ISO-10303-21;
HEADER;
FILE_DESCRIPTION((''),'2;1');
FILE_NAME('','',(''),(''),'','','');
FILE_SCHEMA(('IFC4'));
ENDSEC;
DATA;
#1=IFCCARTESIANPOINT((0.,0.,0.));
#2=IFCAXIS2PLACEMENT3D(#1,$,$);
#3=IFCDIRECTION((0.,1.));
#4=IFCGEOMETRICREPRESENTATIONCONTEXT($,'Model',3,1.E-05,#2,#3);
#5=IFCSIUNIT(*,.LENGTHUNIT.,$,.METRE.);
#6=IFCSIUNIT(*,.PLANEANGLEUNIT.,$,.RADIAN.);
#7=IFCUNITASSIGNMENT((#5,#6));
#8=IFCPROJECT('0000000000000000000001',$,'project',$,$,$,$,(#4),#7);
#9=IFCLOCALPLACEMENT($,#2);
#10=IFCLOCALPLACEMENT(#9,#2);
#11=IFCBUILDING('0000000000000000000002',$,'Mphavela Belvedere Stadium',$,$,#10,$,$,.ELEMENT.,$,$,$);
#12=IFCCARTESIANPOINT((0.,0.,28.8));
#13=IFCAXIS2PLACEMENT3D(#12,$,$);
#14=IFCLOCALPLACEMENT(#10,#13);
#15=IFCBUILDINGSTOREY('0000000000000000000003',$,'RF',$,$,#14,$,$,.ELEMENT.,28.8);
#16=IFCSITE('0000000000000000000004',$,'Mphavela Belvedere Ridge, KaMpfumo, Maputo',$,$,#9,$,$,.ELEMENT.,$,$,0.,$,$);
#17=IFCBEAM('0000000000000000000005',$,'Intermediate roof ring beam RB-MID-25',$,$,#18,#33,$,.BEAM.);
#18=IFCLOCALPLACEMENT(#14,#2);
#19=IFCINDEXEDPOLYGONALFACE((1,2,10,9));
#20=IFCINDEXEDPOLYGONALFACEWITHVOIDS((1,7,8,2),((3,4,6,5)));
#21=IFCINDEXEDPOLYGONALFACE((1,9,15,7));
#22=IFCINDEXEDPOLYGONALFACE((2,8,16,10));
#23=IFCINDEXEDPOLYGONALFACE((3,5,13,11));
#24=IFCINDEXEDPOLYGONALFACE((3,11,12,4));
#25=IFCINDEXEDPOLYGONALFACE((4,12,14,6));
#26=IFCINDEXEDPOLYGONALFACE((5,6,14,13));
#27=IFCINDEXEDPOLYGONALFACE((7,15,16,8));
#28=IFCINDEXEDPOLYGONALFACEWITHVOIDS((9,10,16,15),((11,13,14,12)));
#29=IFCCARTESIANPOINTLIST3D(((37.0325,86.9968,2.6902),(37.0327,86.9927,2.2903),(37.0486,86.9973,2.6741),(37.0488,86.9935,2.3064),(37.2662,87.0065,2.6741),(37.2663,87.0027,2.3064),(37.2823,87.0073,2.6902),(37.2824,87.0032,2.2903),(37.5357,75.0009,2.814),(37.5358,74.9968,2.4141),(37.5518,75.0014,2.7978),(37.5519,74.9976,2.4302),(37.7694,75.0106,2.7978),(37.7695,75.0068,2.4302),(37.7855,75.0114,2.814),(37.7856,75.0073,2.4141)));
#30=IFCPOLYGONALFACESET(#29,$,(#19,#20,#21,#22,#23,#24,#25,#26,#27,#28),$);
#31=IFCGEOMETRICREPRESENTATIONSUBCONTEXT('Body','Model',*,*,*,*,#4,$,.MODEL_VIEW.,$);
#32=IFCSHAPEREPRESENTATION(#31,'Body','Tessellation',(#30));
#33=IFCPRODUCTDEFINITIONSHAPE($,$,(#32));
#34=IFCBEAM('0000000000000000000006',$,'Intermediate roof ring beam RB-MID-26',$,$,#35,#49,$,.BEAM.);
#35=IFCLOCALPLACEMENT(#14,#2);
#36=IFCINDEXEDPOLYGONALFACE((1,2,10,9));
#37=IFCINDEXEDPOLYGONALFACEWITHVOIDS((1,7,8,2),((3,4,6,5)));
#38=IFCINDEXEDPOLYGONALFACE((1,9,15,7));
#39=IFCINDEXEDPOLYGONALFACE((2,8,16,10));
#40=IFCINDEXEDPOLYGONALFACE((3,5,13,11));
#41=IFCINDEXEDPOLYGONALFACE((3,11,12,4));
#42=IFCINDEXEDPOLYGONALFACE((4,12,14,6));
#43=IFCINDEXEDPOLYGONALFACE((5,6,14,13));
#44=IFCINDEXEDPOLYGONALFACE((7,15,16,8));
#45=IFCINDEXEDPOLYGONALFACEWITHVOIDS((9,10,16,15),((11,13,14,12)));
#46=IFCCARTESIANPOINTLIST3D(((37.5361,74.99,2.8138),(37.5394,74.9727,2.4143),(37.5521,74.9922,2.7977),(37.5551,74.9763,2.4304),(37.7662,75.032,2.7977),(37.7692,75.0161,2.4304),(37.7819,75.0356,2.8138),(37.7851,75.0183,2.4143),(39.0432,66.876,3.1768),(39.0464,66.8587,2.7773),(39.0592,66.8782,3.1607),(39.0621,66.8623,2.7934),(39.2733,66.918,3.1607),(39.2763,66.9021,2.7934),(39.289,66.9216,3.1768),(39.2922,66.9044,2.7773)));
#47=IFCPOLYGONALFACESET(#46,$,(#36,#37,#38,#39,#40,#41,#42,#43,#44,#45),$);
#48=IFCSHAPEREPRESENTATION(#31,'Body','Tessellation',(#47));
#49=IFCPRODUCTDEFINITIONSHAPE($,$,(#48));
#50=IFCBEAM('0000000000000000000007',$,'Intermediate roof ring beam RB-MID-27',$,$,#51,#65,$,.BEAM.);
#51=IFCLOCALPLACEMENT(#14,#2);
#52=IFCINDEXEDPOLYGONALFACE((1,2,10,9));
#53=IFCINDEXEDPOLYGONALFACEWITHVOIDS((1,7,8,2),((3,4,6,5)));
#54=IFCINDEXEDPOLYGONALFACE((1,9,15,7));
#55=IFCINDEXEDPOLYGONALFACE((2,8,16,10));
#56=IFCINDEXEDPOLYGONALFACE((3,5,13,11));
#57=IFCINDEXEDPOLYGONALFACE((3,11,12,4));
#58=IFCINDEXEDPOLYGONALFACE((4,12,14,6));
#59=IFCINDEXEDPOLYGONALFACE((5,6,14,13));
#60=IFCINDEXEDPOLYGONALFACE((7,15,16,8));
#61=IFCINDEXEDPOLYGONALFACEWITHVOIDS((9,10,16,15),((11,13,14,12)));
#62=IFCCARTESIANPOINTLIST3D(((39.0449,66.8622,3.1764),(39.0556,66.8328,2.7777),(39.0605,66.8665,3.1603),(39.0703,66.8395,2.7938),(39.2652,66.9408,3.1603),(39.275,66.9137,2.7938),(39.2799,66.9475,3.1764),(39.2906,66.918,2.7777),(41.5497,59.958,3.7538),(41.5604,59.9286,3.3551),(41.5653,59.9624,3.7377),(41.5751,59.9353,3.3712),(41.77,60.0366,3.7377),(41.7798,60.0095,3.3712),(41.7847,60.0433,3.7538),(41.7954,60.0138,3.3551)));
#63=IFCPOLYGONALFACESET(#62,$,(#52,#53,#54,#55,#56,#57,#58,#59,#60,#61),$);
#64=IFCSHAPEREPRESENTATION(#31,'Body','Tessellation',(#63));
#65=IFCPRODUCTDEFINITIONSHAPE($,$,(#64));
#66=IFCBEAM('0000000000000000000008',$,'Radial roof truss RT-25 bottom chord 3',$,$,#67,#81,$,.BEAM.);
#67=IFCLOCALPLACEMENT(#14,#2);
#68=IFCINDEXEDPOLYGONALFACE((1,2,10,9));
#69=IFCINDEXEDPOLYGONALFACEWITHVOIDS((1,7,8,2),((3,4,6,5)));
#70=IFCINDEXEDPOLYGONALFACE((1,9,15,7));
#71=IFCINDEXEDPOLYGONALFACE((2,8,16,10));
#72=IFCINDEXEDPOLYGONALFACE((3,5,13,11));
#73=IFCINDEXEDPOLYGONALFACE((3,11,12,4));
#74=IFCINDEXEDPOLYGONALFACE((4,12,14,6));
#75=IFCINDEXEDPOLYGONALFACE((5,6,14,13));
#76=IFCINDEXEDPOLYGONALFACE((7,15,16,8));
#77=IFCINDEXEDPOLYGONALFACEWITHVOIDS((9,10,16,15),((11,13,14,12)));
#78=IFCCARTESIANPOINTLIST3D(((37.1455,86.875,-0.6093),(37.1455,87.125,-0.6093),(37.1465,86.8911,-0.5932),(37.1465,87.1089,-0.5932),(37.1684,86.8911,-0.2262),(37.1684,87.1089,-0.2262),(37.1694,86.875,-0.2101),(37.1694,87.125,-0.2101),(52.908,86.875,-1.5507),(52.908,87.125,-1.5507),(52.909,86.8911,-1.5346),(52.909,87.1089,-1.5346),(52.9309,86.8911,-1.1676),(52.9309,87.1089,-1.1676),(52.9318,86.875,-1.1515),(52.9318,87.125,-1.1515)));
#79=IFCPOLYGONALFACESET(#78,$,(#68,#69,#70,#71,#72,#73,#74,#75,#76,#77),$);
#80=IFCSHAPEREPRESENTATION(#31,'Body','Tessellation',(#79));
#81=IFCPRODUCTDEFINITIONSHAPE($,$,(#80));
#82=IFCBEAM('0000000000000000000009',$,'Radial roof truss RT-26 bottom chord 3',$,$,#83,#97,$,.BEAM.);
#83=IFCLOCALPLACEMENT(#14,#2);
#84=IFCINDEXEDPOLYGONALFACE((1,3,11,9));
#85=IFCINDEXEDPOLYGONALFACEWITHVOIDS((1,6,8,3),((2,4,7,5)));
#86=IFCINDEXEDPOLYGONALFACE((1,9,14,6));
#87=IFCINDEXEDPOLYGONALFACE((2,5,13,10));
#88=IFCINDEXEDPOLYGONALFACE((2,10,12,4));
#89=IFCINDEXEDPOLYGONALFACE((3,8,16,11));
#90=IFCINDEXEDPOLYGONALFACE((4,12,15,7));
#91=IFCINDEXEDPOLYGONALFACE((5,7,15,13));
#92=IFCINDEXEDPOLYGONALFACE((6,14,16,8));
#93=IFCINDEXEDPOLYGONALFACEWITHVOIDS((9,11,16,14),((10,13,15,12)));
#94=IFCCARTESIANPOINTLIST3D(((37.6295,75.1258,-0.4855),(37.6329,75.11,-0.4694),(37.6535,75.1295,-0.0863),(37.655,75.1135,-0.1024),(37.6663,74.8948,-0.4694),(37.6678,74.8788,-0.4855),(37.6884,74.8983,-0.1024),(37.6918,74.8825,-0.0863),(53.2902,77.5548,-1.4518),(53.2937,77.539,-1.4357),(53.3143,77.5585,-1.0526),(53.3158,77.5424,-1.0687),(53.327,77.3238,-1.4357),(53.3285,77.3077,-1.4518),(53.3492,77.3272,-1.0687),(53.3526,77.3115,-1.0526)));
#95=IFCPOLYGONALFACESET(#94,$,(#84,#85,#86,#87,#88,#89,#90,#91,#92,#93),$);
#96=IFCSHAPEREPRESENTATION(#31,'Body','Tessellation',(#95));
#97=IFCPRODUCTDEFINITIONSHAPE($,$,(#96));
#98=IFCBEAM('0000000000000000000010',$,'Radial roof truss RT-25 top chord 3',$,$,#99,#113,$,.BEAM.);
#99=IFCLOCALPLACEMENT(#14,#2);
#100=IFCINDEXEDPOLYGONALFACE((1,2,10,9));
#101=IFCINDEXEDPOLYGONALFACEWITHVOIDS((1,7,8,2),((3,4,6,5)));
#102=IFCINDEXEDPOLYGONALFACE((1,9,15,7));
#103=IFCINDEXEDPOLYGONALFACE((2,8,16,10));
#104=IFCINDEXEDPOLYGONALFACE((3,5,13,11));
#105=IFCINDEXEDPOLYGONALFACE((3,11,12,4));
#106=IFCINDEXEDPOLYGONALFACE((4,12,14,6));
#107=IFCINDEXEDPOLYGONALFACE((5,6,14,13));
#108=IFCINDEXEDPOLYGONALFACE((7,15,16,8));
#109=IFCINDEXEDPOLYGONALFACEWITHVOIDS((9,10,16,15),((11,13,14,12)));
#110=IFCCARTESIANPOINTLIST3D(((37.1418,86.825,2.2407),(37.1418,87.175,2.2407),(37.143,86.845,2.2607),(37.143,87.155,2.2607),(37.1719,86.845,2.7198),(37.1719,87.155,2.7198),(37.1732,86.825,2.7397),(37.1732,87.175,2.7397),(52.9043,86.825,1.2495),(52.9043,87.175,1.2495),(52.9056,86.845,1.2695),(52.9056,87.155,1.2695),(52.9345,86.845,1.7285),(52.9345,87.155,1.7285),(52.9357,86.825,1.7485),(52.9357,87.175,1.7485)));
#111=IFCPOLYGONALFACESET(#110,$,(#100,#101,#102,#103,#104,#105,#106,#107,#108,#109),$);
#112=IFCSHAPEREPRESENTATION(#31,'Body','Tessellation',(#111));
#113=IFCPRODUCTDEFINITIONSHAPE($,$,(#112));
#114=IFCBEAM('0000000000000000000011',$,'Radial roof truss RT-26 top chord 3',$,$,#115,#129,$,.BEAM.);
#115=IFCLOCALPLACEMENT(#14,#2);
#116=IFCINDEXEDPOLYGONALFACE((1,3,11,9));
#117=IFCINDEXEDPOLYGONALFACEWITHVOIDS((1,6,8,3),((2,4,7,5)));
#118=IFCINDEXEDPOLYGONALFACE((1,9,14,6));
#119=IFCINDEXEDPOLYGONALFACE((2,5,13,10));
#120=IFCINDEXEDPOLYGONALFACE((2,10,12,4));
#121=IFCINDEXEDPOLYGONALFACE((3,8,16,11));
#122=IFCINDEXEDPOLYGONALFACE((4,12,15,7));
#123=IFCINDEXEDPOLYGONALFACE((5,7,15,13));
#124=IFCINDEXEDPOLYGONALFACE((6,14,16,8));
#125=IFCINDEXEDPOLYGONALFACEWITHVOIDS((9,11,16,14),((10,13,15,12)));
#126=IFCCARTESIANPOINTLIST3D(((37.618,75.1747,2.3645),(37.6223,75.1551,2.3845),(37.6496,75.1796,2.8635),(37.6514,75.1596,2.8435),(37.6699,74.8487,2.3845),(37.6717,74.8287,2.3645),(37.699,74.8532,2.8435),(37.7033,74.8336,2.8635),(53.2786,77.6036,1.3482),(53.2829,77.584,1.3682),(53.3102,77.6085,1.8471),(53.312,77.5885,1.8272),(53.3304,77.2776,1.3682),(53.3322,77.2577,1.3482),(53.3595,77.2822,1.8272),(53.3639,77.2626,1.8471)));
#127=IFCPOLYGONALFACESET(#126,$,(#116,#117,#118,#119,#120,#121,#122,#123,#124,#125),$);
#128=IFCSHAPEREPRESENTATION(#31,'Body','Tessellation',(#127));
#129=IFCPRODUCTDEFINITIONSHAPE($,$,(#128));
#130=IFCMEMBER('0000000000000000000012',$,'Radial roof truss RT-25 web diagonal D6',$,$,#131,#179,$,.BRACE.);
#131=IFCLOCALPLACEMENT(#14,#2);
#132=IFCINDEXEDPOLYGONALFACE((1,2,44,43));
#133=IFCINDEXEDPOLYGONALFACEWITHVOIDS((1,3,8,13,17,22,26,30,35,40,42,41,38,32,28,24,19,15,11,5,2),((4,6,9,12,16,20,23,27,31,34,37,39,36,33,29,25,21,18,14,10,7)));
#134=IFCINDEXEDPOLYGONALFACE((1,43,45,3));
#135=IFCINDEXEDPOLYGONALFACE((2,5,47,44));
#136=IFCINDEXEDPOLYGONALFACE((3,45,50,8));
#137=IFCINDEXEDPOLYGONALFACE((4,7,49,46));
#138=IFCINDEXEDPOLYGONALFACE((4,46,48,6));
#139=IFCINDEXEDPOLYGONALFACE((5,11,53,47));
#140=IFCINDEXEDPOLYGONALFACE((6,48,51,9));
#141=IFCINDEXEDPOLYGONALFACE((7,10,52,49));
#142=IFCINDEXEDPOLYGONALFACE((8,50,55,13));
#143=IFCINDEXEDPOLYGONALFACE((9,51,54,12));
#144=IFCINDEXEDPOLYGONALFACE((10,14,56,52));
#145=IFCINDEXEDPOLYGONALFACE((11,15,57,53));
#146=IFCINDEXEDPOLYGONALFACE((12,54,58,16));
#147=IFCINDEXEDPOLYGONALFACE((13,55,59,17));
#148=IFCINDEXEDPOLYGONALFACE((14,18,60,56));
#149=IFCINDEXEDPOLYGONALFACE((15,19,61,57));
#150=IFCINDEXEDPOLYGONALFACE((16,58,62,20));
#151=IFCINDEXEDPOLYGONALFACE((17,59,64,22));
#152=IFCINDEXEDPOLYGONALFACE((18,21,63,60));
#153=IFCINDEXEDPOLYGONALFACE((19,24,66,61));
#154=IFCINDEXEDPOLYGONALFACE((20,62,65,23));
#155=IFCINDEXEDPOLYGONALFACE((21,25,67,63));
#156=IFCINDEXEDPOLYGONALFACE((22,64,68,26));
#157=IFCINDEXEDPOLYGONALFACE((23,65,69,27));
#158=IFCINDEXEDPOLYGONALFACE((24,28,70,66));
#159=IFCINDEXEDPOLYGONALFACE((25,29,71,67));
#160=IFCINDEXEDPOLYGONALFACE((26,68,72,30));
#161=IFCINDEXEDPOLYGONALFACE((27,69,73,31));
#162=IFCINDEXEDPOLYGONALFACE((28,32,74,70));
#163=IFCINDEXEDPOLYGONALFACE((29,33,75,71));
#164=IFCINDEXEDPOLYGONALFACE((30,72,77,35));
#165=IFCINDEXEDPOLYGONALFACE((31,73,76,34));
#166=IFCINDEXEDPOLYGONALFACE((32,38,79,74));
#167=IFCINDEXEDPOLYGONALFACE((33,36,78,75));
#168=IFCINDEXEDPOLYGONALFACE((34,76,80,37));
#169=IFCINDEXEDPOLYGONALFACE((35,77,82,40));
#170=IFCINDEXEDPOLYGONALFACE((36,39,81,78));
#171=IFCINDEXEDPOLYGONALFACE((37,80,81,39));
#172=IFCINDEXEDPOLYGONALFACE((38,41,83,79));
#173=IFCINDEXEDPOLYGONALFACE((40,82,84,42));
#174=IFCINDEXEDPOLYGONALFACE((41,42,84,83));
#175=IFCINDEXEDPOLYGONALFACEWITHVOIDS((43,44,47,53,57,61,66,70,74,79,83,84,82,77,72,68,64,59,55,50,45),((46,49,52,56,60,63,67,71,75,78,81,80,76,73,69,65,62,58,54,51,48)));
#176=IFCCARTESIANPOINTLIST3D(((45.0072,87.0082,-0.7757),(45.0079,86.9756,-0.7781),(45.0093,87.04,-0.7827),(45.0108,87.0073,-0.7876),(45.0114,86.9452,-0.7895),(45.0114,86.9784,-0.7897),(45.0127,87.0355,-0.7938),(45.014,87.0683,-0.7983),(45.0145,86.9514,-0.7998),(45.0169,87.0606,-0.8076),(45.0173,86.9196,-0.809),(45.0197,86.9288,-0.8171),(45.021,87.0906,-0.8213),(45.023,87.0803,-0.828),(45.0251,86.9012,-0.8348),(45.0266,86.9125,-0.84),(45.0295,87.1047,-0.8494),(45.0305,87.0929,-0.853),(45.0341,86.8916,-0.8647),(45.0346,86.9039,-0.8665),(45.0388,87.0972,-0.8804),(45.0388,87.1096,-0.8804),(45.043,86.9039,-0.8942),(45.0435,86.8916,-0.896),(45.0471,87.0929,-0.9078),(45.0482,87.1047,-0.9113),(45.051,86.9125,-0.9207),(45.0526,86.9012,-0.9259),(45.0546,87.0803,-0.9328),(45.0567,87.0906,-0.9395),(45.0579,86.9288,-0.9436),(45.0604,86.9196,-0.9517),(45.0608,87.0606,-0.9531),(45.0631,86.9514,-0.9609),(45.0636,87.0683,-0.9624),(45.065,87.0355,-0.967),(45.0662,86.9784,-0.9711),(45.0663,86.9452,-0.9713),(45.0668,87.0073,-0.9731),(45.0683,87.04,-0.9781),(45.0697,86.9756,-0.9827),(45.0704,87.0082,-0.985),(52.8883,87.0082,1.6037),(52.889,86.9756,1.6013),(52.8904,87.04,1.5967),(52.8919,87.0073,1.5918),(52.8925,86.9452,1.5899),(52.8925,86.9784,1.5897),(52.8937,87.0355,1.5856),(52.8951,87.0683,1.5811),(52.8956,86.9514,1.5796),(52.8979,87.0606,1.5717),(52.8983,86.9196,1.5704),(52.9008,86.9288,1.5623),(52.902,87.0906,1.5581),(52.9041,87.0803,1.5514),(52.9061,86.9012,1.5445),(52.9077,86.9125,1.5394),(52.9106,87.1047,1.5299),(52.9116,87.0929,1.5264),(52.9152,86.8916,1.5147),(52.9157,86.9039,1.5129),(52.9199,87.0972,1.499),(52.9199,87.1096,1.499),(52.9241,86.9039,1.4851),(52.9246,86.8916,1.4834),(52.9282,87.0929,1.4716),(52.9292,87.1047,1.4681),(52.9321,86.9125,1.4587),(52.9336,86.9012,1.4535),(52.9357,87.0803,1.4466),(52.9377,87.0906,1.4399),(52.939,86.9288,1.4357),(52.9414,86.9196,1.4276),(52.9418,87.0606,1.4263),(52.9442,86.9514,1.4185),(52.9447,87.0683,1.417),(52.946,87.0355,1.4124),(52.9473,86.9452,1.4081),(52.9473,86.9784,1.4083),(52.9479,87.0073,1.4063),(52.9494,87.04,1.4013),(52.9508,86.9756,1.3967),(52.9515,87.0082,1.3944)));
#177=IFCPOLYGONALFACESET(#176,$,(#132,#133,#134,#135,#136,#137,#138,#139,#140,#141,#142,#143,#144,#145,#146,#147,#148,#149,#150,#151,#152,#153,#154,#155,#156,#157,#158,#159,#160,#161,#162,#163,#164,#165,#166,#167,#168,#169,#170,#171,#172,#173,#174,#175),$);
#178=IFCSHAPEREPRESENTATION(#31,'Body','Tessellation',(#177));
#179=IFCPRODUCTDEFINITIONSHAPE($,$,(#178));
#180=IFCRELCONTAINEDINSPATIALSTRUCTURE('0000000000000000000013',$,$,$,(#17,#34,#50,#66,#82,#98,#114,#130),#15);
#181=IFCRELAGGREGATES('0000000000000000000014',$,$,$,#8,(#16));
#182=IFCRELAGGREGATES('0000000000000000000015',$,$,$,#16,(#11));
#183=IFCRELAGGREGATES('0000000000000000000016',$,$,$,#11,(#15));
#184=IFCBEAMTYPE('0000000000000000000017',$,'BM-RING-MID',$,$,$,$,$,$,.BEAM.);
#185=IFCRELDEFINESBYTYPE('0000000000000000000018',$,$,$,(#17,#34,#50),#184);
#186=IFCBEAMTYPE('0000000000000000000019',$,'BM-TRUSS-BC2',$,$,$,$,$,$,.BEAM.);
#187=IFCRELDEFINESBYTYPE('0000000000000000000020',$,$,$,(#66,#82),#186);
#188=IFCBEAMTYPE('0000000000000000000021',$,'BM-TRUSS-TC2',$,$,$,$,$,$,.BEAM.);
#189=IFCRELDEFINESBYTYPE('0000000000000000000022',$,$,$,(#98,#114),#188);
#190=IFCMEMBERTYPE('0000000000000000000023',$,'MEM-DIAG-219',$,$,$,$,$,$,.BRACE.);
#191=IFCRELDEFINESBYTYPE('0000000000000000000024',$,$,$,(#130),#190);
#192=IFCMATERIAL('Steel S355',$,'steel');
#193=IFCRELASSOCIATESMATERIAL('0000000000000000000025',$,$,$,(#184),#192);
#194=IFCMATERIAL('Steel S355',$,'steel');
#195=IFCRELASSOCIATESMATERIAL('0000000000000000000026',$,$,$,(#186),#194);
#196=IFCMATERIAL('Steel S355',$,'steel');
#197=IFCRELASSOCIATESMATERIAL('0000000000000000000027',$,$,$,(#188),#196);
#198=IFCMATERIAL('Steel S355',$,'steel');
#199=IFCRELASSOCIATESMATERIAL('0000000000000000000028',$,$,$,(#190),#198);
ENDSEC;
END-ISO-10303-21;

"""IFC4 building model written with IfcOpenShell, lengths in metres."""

from ifc_helpers import new_model, si_unit, direction, frame, origin, origin_2d, place, context, subcontext, project, spatial, hollow_rectangle, hollow_circle, extrude, material, material_profile, profile_set, type_object, element, save


model = new_model("IFC4")

# Units and contexts
model_context = context("Model", 3, precision=1e-05, world=origin(), true_north=direction((0.0, 1.0)))
body_context = subcontext(model_context, "Body", "Model", "MODEL_VIEW")
ifc_project = project(units=[si_unit("LENGTHUNIT", "METRE"), si_unit("PLANEANGLEUNIT", "RADIAN")], contexts=[model_context])

# Site, building, storey
site_placement = place(None, origin())
site = spatial("IfcSite", under=ifc_project, at=site_placement, Name="Mphavela Belvedere Ridge, KaMpfumo, Maputo", CompositionType="ELEMENT", RefElevation=0.0)
building_placement = place(site_placement, origin())
building = spatial("IfcBuilding", under=site, at=building_placement, Name="Mphavela Belvedere Stadium", CompositionType="ELEMENT")
storey_placement = place(building_placement, frame((0.0, 0.0, 28.8)))
storey = spatial("IfcBuildingStorey", under=building, at=storey_placement, Name="RF", CompositionType="ELEMENT", Elevation=28.8)

# Beams
ifc_material_1 = material(Name="Steel S355", Category="steel")
ifc_material_profile_1 = material_profile(ifc_material_1, hollow_rectangle(XDim=0.25, YDim=0.3999, WallThickness=0.0161, at=origin_2d()), Name="RHS 400x250x16")
ifc_profile_set_1 = profile_set([ifc_material_profile_1], Name="Steel S355")
beam_type_1 = type_object("IfcBeamType", Name="BM-RING-MID", PredefinedType="BEAM", material=ifc_profile_set_1)
beam_1_placement = place(storey_placement, frame((37.1575, 87.0, 2.4902), z_axis=(0.041907, -0.999068, 0.010309), x_axis=(0.999121, 0.041909, 0.0)))
element("IfcBeam", 1, at=beam_1_placement, inside=storey, type_object=beam_type_1, Name="Intermediate roof ring beam RB-MID-25", PredefinedType="BEAM", context=body_context, shape_type="SweptSolid", body=[
    extrude(hollow_rectangle(XDim=0.25, YDim=0.3999, WallThickness=0.0161, at=origin_2d()), origin(), (0.0, 0.0, 1.0), 12.0071),
])
beam_2_placement = place(storey_placement, frame((37.6606, 75.0042, 2.614), z_axis=(0.182438, -0.982235, 0.043947), x_axis=(0.983185, 0.182615, 0.0)))
element("IfcBeam", 2, at=beam_2_placement, inside=storey, type_object=beam_type_1, Name="Intermediate roof ring beam RB-MID-26", PredefinedType="BEAM", context=body_context, shape_type="SweptSolid", body=[
    extrude(hollow_rectangle(XDim=0.25, YDim=0.3999, WallThickness=0.0161, at=origin_2d()), origin(), (0.0, 0.0, 1.0), 8.2607),
])
beam_3_placement = place(storey_placement, frame((39.1677, 66.8901, 2.9771), z_axis=(0.34, -0.937154, 0.078372), x_axis=(0.940046, 0.341049, 0.0)))
element("IfcBeam", 3, at=beam_3_placement, inside=storey, type_object=beam_type_1, Name="Intermediate roof ring beam RB-MID-27", PredefinedType="BEAM", context=body_context, shape_type="SweptSolid", body=[
    extrude(hollow_rectangle(XDim=0.25, YDim=0.3999, WallThickness=0.0161, at=origin_2d()), origin(), (0.0, 0.0, 1.0), 7.3672),
])
ifc_material_2 = material(Name="Steel S355", Category="steel")
ifc_material_profile_2 = material_profile(ifc_material_2, hollow_rectangle(XDim=0.25, YDim=0.3999, WallThickness=0.0161, at=origin_2d()), Name="RHS 400x250x16")
ifc_profile_set_2 = profile_set([ifc_material_profile_2], Name="Steel S355")
beam_type_2 = type_object("IfcBeamType", Name="BM-TRUSS-BC2", PredefinedType="BEAM", material=ifc_profile_set_2)
beam_4_placement = place(storey_placement, frame((37.1575, 87.0, -0.4097), z_axis=(0.998221, 0.0, -0.059618), x_axis=(0.0, 1.0, 0.0)))
element("IfcBeam", 4, at=beam_4_placement, inside=storey, type_object=beam_type_2, Name="Radial roof truss RT-25 bottom chord 3", PredefinedType="BEAM", context=body_context, shape_type="SweptSolid", body=[
    extrude(hollow_rectangle(XDim=0.25, YDim=0.3999, WallThickness=0.0161, at=origin_2d()), origin(), (0.0, 0.0, 1.0), 15.7905),
])
beam_5_placement = place(storey_placement, frame((37.6606, 75.0042, -0.2859), z_axis=(0.986353, 0.152983, -0.060861), x_axis=(-0.153267, 0.988185, 0.0)))
element("IfcBeam", 5, at=beam_5_placement, inside=storey, type_object=beam_type_2, Name="Radial roof truss RT-26 bottom chord 3", PredefinedType="BEAM", context=body_context, shape_type="SweptSolid", body=[
    extrude(hollow_rectangle(XDim=0.25, YDim=0.3999, WallThickness=0.0161, at=origin_2d()), origin(), (0.0, 0.0, 1.0), 15.8774),
])
ifc_material_3 = material(Name="Steel S355", Category="steel")
ifc_material_profile_3 = material_profile(ifc_material_3, hollow_rectangle(XDim=0.3501, YDim=0.5, WallThickness=0.02, at=origin_2d()), Name="RHS 500x350x20")
ifc_profile_set_3 = profile_set([ifc_material_profile_3], Name="Steel S355")
beam_type_3 = type_object("IfcBeamType", Name="BM-TRUSS-TC2", PredefinedType="BEAM", material=ifc_profile_set_3)
beam_6_placement = place(storey_placement, frame((37.1575, 87.0, 2.4902), z_axis=(0.998029, 0.0, -0.06276), x_axis=(0.0, 1.0, 0.0)))
element("IfcBeam", 6, at=beam_6_placement, inside=storey, type_object=beam_type_3, Name="Radial roof truss RT-25 top chord 3", PredefinedType="BEAM", context=body_context, shape_type="SweptSolid", body=[
    extrude(hollow_rectangle(XDim=0.3501, YDim=0.5, WallThickness=0.02, at=origin_2d()), origin(), (0.0, 0.0, 1.0), 15.7937),
])
beam_7_placement = place(storey_placement, frame((37.6606, 75.0042, 2.614), z_axis=(0.986159, 0.152953, -0.064001), x_axis=(-0.153267, 0.988185, 0.0)))
element("IfcBeam", 7, at=beam_7_placement, inside=storey, type_object=beam_type_3, Name="Radial roof truss RT-26 top chord 3", PredefinedType="BEAM", context=body_context, shape_type="SweptSolid", body=[
    extrude(hollow_rectangle(XDim=0.3501, YDim=0.5, WallThickness=0.02, at=origin_2d()), origin(), (0.0, 0.0, 1.0), 15.8804),
])

# Member
ifc_material_4 = material(Name="Steel S355", Category="steel")
ifc_material_profile_4 = material_profile(ifc_material_4, hollow_circle(Radius=0.1096, WallThickness=0.0125, at=origin_2d()), Name="CHS 219.1x12.5")
ifc_profile_set_4 = profile_set([ifc_material_profile_4], Name="Steel S355")
member_type_1 = type_object("IfcMemberType", Name="MEM-DIAG-219", PredefinedType="BRACE", material=ifc_profile_set_4)
member_1_placement = place(storey_placement, frame((45.0388, 87.0, -0.8804), z_axis=(0.957321, 0.0, 0.289026), x_axis=(0.0, 1.0, 0.0)))
element("IfcMember", 8, at=member_1_placement, inside=storey, type_object=member_type_1, Name="Radial roof truss RT-25 web diagonal D6", PredefinedType="BRACE", context=body_context, shape_type="SweptSolid", body=[
    extrude(hollow_circle(Radius=0.1096, WallThickness=0.0125, at=origin_2d()), origin(), (0.0, 0.0, 1.0), 8.2324),
])

save(model, "model.ifc")
